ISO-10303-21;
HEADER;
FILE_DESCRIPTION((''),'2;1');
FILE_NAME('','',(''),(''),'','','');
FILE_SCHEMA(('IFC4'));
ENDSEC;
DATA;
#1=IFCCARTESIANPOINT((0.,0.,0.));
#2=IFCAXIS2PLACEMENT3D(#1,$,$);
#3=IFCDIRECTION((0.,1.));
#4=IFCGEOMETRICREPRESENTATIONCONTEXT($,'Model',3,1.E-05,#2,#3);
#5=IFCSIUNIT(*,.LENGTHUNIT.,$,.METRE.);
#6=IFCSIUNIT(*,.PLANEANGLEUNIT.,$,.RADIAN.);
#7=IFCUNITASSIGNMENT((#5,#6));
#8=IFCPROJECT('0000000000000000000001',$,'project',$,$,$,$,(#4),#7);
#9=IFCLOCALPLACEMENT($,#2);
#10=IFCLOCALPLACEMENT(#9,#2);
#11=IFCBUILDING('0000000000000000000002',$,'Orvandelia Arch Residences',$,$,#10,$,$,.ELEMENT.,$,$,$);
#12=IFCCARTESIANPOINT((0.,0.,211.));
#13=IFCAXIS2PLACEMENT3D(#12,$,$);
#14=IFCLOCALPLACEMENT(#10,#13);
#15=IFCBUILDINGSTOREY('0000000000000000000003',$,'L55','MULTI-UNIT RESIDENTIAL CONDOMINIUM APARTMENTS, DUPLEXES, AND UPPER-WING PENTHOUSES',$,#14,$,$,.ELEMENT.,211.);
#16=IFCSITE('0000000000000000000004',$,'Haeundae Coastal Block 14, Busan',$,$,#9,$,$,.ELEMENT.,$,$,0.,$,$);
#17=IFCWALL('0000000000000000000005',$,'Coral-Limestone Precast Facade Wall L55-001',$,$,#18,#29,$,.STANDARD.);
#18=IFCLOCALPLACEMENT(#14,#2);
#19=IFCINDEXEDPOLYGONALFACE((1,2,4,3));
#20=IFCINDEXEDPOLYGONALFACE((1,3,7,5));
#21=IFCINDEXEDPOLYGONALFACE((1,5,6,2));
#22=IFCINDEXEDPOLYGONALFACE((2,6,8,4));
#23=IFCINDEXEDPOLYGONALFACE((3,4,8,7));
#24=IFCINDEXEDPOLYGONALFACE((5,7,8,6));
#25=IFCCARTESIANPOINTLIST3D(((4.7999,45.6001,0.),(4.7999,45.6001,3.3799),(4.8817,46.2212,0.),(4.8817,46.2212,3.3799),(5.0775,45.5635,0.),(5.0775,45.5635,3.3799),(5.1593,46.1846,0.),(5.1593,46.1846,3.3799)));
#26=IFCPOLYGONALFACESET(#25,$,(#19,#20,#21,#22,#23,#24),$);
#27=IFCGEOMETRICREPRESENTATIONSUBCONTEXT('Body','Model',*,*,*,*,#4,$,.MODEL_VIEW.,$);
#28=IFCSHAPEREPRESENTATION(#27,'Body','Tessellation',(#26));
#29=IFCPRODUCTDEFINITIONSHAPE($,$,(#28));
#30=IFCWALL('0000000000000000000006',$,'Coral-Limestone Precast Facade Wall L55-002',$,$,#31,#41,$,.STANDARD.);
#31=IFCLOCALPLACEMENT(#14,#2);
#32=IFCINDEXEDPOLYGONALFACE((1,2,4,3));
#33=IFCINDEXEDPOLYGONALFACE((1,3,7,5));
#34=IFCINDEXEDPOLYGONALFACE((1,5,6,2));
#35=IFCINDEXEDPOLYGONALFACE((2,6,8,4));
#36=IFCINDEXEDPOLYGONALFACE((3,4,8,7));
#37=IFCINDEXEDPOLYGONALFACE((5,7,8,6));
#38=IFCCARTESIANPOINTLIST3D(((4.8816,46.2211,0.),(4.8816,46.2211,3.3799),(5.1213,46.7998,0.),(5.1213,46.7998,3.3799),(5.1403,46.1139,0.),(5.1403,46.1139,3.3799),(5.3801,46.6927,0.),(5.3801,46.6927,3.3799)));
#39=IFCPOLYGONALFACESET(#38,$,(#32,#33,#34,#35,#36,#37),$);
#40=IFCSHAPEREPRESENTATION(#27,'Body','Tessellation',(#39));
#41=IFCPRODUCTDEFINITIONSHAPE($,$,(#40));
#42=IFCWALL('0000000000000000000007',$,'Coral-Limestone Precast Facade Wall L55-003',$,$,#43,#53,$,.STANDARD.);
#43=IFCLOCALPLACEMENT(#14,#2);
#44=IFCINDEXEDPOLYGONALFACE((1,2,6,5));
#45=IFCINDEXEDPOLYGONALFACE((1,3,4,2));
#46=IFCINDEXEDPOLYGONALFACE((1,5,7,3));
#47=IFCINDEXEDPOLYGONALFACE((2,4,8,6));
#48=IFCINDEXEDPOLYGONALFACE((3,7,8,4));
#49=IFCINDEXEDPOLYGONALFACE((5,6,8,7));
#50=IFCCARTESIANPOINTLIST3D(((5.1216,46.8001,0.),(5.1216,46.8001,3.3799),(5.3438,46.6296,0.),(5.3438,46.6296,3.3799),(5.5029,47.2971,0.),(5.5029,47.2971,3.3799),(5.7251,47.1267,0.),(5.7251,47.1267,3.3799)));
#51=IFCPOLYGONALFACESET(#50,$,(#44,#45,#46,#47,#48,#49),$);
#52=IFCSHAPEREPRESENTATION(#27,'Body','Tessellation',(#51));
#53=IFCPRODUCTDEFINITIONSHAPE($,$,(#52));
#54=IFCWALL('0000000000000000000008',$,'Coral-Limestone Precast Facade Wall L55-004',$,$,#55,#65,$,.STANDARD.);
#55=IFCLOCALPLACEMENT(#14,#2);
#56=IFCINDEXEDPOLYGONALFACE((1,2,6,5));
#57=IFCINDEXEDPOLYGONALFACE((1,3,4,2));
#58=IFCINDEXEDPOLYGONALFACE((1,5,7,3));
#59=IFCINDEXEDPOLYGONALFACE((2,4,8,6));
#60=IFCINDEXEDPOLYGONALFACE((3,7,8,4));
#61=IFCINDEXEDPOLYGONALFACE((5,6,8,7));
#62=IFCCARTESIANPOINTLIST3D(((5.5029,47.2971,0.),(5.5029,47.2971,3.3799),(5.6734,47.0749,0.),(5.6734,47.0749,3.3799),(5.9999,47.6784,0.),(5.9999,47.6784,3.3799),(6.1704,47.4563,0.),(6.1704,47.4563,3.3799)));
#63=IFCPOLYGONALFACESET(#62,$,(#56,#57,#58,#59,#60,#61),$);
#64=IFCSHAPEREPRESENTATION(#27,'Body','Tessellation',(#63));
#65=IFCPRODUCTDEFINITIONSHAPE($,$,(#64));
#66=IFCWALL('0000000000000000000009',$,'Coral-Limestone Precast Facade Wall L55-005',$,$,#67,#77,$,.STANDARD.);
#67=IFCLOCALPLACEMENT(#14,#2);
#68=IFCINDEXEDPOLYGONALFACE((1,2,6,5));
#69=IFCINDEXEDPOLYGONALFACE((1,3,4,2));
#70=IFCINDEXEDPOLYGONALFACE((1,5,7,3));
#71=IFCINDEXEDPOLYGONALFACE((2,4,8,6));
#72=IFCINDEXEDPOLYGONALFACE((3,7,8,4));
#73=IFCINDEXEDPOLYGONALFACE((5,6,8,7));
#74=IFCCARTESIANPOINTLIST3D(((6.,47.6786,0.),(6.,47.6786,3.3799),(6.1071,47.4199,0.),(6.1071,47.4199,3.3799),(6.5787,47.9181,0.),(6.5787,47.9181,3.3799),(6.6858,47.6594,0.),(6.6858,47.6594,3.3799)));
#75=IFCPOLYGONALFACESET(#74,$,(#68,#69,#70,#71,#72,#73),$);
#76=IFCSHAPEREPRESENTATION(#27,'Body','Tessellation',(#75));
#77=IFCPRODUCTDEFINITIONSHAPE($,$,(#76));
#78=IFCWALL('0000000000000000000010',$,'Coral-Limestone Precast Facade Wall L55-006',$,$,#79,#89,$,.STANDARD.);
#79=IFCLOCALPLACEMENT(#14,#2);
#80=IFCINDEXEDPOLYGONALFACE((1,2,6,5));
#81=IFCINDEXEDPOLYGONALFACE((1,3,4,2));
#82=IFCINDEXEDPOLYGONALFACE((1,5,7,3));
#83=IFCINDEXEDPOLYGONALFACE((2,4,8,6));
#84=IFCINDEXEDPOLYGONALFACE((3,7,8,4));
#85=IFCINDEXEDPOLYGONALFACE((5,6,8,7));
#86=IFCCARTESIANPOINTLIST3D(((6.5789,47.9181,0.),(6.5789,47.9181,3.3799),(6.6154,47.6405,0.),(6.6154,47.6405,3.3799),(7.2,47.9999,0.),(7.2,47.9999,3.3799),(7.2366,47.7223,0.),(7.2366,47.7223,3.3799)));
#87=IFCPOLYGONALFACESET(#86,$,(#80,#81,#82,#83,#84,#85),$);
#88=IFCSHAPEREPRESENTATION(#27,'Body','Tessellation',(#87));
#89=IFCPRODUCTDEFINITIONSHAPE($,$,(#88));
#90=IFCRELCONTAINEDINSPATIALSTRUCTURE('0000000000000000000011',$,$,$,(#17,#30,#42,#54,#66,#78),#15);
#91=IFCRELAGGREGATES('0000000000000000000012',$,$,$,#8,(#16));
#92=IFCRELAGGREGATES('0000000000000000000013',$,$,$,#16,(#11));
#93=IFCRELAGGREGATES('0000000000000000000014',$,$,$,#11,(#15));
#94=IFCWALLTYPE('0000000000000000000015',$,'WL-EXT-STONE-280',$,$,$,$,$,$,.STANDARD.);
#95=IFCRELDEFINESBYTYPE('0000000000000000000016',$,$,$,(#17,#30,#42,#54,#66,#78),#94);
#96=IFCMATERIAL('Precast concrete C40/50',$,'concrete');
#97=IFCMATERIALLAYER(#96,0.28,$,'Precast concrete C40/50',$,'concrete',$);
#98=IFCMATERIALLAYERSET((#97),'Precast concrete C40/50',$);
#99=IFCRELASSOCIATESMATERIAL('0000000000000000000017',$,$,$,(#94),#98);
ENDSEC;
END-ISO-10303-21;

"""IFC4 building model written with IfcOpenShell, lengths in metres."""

from ifc_helpers import new_model, si_unit, direction, frame, frame_2d, origin, place, context, subcontext, project, spatial, rectangle, extrude, material, layer, layer_set, type_object, element, save


model = new_model("IFC4")

# Units and contexts
model_context = context("Model", 3, precision=1e-05, world=origin(), true_north=direction((0.0, 1.0)))
body_context = subcontext(model_context, "Body", "Model", "MODEL_VIEW")
ifc_project = project(units=[si_unit("LENGTHUNIT", "METRE"), si_unit("PLANEANGLEUNIT", "RADIAN")], contexts=[model_context])

# Site, building, storey
site_placement = place(None, origin())
site = spatial("IfcSite", under=ifc_project, at=site_placement, Name="Haeundae Coastal Block 14, Busan", CompositionType="ELEMENT", RefElevation=0.0)
building_placement = place(site_placement, origin())
building = spatial("IfcBuilding", under=site, at=building_placement, Name="Orvandelia Arch Residences", CompositionType="ELEMENT")
storey_placement = place(building_placement, frame((0.0, 0.0, 211.0)))
storey = spatial("IfcBuildingStorey", under=building, at=storey_placement, Name="L55", Description="MULTI-UNIT RESIDENTIAL CONDOMINIUM APARTMENTS, DUPLEXES, AND UPPER-WING PENTHOUSES", CompositionType="ELEMENT", Elevation=211.0)

# Walls
ifc_material_1 = material(Name="Precast concrete C40/50", Category="concrete")
ifc_layer_1 = layer(ifc_material_1, 0.28, Name="Precast concrete C40/50", Category="concrete")
ifc_layer_set_1 = layer_set([ifc_layer_1], Name="Precast concrete C40/50")
wall_type_1 = type_object("IfcWallType", Name="WL-EXT-STONE-280", PredefinedType="STANDARD", material=ifc_layer_set_1)
for number, where, z_axis, x_axis, name in (
    (1, (4.9387, 45.5818, 0.0), (0.0, 0.0, 1.0), (0.130555, 0.991441, 0.0), "Coral-Limestone Precast Facade Wall L55-001"),
    (2, (5.011, 46.1675, 0.0), (0.0, 0.0, 1.0), (0.38265, 0.923893, 0.0), "Coral-Limestone Precast Facade Wall L55-002"),
    (3, (5.2327, 46.7148, 0.0), (0.0, 0.0, 1.0), (0.608693, 0.793406, 0.0), "Coral-Limestone Precast Facade Wall L55-003"),
    (4, (5.5881, 47.186, 0.0), (0.0, 0.0, 1.0), (0.793406, 0.608693, 0.0), "Coral-Limestone Precast Facade Wall L55-004"),
):
    element("IfcWall", number, at=place(storey_placement, frame(where, z_axis=z_axis, x_axis=x_axis)), inside=storey, type_object=wall_type_1, Name=name, PredefinedType="STANDARD", context=body_context, shape_type="SweptSolid", body=[
        extrude(rectangle(XDim=0.6265, YDim=0.28, at=frame_2d((0.3132, 0.0))), origin(), (0.0, 0.0, 1.0), 3.3799),
    ])
wall_1_placement = place(storey_placement, frame((6.0537, 47.5493, 0.0), z_axis=(0.0, 0.0, 1.0), x_axis=(0.923974, 0.382455, 0.0)))
element("IfcWall", 5, at=wall_1_placement, inside=storey, type_object=wall_type_1, Name="Coral-Limestone Precast Facade Wall L55-005", PredefinedType="STANDARD", context=body_context, shape_type="SweptSolid", body=[
    extrude(rectangle(XDim=0.6262, YDim=0.28, at=frame_2d((0.313, 0.0))), origin(), (0.0, 0.0, 1.0), 3.3799),
])
wall_2_placement = place(storey_placement, frame((6.5972, 47.7793, 0.0), z_axis=(0.0, 0.0, 1.0), x_axis=(0.991441, 0.130555, 0.0)))
element("IfcWall", 6, at=wall_2_placement, inside=storey, type_object=wall_type_1, Name="Coral-Limestone Precast Facade Wall L55-006", PredefinedType="STANDARD", context=body_context, shape_type="SweptSolid", body=[
    extrude(rectangle(XDim=0.6265, YDim=0.28, at=frame_2d((0.3132, 0.0))), origin(), (0.0, 0.0, 1.0), 3.3799),
])

save(model, "model.ifc")
